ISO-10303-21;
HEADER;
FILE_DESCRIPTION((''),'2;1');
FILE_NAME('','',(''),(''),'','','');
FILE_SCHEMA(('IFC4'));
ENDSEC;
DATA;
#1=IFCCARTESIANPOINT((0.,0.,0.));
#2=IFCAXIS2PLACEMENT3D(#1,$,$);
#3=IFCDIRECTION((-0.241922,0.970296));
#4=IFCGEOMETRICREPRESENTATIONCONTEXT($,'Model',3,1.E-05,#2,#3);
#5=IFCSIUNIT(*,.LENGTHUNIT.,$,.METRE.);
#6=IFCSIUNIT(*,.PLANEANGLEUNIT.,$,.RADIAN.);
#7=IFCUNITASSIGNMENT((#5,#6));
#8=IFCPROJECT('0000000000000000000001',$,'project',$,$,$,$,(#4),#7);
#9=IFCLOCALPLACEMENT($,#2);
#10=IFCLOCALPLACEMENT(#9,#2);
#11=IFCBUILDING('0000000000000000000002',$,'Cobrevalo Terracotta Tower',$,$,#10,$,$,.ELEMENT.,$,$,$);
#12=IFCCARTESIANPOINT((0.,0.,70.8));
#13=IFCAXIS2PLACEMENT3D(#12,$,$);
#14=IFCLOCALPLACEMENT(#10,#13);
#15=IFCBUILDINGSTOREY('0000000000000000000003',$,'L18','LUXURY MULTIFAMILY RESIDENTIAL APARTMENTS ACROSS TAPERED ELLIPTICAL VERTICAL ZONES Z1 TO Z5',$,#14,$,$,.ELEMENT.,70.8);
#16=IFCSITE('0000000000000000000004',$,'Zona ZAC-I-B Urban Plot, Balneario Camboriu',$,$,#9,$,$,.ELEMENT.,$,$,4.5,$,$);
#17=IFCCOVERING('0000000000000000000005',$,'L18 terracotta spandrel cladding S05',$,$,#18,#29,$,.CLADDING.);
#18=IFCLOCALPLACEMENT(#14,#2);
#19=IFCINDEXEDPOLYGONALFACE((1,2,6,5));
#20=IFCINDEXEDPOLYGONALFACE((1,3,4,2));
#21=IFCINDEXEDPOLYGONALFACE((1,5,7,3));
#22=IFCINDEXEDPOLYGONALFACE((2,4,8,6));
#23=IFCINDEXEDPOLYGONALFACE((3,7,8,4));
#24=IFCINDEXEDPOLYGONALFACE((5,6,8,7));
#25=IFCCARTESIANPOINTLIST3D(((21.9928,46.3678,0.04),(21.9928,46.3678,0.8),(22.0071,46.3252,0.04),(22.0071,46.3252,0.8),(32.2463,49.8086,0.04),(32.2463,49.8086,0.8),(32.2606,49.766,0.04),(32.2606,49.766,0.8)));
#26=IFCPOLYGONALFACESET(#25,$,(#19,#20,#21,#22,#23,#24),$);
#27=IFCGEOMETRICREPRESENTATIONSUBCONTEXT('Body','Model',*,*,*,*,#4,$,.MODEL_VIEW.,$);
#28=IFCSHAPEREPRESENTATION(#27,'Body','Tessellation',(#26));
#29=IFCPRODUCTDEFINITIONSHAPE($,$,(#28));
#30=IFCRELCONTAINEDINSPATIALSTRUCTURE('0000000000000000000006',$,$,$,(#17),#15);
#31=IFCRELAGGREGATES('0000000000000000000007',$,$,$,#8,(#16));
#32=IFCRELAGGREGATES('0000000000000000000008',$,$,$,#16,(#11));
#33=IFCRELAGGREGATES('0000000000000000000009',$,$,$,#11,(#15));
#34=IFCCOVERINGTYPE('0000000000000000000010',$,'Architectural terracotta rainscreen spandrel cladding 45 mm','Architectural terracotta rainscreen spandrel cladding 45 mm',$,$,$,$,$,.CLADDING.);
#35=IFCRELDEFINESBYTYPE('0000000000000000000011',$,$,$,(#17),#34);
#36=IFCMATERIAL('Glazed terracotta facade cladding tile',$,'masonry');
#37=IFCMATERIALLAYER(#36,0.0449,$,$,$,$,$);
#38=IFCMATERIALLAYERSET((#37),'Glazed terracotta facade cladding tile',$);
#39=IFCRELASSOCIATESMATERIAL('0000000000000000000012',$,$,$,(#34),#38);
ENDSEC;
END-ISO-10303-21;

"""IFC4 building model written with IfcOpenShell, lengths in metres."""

from ifc_helpers import new_model, si_unit, direction, frame, origin, origin_2d, place, context, subcontext, project, spatial, rectangle, extrude, source, transform, mapped, material, layer, layer_set, type_object, element, save


model = new_model("IFC4")

# Units and contexts
model_context = context("Model", 3, precision=1e-05, world=origin(), true_north=direction((-0.241922, 0.970296)))
body_context = subcontext(model_context, "Body", "Model", "MODEL_VIEW")
ifc_project = project(units=[si_unit("LENGTHUNIT", "METRE"), si_unit("PLANEANGLEUNIT", "RADIAN")], contexts=[model_context])

# Site, building, storey
site_placement = place(None, origin())
site = spatial("IfcSite", under=ifc_project, at=site_placement, Name="Zona ZAC-I-B Urban Plot, Balneario Camboriu", CompositionType="ELEMENT", RefElevation=4.5)
building_placement = place(site_placement, origin())
building = spatial("IfcBuilding", under=site, at=building_placement, Name="Cobrevalo Terracotta Tower", CompositionType="ELEMENT")
storey_placement = place(building_placement, frame((0.0, 0.0, 70.8)))
storey = spatial("IfcBuildingStorey", under=building, at=storey_placement, Name="L18", Description="LUXURY MULTIFAMILY RESIDENTIAL APARTMENTS ACROSS TAPERED ELLIPTICAL VERTICAL ZONES Z1 TO Z5", CompositionType="ELEMENT", Elevation=70.8)

# Covering
ifc_material_1 = material(Name="Glazed terracotta facade cladding tile", Category="masonry")
ifc_layer_1 = layer(ifc_material_1, 0.0449)
ifc_layer_set_1 = layer_set([ifc_layer_1], Name="Glazed terracotta facade cladding tile")
covering_type = type_object("IfcCoveringType", Name="Architectural terracotta rainscreen spandrel cladding 45 mm", Description="Architectural terracotta rainscreen spandrel cladding 45 mm", PredefinedType="CLADDING", material=ifc_layer_set_1)
shared_shape_1 = source(origin(), body_context, "Body", "SweptSolid", [
    extrude(rectangle(XDim=10.8154, YDim=0.0449, at=origin_2d()), origin(), (0.0, 0.0, 1.0), 0.76),
])
covering_placement = place(storey_placement, frame((27.1267, 48.0669, 0.04), z_axis=(0.0, 0.0, 1.0), x_axis=(-0.948044, -0.318139, 0.0)))
element("IfcCovering", 1, at=covering_placement, inside=storey, type_object=covering_type, Name="L18 terracotta spandrel cladding S05", PredefinedType="CLADDING", context=body_context, shape_type="MappedRepresentation", body=[
    mapped(shared_shape_1, transform((0.0, 0.0, 0.0), scale=1.0)),
])

save(model, "model.ifc")
